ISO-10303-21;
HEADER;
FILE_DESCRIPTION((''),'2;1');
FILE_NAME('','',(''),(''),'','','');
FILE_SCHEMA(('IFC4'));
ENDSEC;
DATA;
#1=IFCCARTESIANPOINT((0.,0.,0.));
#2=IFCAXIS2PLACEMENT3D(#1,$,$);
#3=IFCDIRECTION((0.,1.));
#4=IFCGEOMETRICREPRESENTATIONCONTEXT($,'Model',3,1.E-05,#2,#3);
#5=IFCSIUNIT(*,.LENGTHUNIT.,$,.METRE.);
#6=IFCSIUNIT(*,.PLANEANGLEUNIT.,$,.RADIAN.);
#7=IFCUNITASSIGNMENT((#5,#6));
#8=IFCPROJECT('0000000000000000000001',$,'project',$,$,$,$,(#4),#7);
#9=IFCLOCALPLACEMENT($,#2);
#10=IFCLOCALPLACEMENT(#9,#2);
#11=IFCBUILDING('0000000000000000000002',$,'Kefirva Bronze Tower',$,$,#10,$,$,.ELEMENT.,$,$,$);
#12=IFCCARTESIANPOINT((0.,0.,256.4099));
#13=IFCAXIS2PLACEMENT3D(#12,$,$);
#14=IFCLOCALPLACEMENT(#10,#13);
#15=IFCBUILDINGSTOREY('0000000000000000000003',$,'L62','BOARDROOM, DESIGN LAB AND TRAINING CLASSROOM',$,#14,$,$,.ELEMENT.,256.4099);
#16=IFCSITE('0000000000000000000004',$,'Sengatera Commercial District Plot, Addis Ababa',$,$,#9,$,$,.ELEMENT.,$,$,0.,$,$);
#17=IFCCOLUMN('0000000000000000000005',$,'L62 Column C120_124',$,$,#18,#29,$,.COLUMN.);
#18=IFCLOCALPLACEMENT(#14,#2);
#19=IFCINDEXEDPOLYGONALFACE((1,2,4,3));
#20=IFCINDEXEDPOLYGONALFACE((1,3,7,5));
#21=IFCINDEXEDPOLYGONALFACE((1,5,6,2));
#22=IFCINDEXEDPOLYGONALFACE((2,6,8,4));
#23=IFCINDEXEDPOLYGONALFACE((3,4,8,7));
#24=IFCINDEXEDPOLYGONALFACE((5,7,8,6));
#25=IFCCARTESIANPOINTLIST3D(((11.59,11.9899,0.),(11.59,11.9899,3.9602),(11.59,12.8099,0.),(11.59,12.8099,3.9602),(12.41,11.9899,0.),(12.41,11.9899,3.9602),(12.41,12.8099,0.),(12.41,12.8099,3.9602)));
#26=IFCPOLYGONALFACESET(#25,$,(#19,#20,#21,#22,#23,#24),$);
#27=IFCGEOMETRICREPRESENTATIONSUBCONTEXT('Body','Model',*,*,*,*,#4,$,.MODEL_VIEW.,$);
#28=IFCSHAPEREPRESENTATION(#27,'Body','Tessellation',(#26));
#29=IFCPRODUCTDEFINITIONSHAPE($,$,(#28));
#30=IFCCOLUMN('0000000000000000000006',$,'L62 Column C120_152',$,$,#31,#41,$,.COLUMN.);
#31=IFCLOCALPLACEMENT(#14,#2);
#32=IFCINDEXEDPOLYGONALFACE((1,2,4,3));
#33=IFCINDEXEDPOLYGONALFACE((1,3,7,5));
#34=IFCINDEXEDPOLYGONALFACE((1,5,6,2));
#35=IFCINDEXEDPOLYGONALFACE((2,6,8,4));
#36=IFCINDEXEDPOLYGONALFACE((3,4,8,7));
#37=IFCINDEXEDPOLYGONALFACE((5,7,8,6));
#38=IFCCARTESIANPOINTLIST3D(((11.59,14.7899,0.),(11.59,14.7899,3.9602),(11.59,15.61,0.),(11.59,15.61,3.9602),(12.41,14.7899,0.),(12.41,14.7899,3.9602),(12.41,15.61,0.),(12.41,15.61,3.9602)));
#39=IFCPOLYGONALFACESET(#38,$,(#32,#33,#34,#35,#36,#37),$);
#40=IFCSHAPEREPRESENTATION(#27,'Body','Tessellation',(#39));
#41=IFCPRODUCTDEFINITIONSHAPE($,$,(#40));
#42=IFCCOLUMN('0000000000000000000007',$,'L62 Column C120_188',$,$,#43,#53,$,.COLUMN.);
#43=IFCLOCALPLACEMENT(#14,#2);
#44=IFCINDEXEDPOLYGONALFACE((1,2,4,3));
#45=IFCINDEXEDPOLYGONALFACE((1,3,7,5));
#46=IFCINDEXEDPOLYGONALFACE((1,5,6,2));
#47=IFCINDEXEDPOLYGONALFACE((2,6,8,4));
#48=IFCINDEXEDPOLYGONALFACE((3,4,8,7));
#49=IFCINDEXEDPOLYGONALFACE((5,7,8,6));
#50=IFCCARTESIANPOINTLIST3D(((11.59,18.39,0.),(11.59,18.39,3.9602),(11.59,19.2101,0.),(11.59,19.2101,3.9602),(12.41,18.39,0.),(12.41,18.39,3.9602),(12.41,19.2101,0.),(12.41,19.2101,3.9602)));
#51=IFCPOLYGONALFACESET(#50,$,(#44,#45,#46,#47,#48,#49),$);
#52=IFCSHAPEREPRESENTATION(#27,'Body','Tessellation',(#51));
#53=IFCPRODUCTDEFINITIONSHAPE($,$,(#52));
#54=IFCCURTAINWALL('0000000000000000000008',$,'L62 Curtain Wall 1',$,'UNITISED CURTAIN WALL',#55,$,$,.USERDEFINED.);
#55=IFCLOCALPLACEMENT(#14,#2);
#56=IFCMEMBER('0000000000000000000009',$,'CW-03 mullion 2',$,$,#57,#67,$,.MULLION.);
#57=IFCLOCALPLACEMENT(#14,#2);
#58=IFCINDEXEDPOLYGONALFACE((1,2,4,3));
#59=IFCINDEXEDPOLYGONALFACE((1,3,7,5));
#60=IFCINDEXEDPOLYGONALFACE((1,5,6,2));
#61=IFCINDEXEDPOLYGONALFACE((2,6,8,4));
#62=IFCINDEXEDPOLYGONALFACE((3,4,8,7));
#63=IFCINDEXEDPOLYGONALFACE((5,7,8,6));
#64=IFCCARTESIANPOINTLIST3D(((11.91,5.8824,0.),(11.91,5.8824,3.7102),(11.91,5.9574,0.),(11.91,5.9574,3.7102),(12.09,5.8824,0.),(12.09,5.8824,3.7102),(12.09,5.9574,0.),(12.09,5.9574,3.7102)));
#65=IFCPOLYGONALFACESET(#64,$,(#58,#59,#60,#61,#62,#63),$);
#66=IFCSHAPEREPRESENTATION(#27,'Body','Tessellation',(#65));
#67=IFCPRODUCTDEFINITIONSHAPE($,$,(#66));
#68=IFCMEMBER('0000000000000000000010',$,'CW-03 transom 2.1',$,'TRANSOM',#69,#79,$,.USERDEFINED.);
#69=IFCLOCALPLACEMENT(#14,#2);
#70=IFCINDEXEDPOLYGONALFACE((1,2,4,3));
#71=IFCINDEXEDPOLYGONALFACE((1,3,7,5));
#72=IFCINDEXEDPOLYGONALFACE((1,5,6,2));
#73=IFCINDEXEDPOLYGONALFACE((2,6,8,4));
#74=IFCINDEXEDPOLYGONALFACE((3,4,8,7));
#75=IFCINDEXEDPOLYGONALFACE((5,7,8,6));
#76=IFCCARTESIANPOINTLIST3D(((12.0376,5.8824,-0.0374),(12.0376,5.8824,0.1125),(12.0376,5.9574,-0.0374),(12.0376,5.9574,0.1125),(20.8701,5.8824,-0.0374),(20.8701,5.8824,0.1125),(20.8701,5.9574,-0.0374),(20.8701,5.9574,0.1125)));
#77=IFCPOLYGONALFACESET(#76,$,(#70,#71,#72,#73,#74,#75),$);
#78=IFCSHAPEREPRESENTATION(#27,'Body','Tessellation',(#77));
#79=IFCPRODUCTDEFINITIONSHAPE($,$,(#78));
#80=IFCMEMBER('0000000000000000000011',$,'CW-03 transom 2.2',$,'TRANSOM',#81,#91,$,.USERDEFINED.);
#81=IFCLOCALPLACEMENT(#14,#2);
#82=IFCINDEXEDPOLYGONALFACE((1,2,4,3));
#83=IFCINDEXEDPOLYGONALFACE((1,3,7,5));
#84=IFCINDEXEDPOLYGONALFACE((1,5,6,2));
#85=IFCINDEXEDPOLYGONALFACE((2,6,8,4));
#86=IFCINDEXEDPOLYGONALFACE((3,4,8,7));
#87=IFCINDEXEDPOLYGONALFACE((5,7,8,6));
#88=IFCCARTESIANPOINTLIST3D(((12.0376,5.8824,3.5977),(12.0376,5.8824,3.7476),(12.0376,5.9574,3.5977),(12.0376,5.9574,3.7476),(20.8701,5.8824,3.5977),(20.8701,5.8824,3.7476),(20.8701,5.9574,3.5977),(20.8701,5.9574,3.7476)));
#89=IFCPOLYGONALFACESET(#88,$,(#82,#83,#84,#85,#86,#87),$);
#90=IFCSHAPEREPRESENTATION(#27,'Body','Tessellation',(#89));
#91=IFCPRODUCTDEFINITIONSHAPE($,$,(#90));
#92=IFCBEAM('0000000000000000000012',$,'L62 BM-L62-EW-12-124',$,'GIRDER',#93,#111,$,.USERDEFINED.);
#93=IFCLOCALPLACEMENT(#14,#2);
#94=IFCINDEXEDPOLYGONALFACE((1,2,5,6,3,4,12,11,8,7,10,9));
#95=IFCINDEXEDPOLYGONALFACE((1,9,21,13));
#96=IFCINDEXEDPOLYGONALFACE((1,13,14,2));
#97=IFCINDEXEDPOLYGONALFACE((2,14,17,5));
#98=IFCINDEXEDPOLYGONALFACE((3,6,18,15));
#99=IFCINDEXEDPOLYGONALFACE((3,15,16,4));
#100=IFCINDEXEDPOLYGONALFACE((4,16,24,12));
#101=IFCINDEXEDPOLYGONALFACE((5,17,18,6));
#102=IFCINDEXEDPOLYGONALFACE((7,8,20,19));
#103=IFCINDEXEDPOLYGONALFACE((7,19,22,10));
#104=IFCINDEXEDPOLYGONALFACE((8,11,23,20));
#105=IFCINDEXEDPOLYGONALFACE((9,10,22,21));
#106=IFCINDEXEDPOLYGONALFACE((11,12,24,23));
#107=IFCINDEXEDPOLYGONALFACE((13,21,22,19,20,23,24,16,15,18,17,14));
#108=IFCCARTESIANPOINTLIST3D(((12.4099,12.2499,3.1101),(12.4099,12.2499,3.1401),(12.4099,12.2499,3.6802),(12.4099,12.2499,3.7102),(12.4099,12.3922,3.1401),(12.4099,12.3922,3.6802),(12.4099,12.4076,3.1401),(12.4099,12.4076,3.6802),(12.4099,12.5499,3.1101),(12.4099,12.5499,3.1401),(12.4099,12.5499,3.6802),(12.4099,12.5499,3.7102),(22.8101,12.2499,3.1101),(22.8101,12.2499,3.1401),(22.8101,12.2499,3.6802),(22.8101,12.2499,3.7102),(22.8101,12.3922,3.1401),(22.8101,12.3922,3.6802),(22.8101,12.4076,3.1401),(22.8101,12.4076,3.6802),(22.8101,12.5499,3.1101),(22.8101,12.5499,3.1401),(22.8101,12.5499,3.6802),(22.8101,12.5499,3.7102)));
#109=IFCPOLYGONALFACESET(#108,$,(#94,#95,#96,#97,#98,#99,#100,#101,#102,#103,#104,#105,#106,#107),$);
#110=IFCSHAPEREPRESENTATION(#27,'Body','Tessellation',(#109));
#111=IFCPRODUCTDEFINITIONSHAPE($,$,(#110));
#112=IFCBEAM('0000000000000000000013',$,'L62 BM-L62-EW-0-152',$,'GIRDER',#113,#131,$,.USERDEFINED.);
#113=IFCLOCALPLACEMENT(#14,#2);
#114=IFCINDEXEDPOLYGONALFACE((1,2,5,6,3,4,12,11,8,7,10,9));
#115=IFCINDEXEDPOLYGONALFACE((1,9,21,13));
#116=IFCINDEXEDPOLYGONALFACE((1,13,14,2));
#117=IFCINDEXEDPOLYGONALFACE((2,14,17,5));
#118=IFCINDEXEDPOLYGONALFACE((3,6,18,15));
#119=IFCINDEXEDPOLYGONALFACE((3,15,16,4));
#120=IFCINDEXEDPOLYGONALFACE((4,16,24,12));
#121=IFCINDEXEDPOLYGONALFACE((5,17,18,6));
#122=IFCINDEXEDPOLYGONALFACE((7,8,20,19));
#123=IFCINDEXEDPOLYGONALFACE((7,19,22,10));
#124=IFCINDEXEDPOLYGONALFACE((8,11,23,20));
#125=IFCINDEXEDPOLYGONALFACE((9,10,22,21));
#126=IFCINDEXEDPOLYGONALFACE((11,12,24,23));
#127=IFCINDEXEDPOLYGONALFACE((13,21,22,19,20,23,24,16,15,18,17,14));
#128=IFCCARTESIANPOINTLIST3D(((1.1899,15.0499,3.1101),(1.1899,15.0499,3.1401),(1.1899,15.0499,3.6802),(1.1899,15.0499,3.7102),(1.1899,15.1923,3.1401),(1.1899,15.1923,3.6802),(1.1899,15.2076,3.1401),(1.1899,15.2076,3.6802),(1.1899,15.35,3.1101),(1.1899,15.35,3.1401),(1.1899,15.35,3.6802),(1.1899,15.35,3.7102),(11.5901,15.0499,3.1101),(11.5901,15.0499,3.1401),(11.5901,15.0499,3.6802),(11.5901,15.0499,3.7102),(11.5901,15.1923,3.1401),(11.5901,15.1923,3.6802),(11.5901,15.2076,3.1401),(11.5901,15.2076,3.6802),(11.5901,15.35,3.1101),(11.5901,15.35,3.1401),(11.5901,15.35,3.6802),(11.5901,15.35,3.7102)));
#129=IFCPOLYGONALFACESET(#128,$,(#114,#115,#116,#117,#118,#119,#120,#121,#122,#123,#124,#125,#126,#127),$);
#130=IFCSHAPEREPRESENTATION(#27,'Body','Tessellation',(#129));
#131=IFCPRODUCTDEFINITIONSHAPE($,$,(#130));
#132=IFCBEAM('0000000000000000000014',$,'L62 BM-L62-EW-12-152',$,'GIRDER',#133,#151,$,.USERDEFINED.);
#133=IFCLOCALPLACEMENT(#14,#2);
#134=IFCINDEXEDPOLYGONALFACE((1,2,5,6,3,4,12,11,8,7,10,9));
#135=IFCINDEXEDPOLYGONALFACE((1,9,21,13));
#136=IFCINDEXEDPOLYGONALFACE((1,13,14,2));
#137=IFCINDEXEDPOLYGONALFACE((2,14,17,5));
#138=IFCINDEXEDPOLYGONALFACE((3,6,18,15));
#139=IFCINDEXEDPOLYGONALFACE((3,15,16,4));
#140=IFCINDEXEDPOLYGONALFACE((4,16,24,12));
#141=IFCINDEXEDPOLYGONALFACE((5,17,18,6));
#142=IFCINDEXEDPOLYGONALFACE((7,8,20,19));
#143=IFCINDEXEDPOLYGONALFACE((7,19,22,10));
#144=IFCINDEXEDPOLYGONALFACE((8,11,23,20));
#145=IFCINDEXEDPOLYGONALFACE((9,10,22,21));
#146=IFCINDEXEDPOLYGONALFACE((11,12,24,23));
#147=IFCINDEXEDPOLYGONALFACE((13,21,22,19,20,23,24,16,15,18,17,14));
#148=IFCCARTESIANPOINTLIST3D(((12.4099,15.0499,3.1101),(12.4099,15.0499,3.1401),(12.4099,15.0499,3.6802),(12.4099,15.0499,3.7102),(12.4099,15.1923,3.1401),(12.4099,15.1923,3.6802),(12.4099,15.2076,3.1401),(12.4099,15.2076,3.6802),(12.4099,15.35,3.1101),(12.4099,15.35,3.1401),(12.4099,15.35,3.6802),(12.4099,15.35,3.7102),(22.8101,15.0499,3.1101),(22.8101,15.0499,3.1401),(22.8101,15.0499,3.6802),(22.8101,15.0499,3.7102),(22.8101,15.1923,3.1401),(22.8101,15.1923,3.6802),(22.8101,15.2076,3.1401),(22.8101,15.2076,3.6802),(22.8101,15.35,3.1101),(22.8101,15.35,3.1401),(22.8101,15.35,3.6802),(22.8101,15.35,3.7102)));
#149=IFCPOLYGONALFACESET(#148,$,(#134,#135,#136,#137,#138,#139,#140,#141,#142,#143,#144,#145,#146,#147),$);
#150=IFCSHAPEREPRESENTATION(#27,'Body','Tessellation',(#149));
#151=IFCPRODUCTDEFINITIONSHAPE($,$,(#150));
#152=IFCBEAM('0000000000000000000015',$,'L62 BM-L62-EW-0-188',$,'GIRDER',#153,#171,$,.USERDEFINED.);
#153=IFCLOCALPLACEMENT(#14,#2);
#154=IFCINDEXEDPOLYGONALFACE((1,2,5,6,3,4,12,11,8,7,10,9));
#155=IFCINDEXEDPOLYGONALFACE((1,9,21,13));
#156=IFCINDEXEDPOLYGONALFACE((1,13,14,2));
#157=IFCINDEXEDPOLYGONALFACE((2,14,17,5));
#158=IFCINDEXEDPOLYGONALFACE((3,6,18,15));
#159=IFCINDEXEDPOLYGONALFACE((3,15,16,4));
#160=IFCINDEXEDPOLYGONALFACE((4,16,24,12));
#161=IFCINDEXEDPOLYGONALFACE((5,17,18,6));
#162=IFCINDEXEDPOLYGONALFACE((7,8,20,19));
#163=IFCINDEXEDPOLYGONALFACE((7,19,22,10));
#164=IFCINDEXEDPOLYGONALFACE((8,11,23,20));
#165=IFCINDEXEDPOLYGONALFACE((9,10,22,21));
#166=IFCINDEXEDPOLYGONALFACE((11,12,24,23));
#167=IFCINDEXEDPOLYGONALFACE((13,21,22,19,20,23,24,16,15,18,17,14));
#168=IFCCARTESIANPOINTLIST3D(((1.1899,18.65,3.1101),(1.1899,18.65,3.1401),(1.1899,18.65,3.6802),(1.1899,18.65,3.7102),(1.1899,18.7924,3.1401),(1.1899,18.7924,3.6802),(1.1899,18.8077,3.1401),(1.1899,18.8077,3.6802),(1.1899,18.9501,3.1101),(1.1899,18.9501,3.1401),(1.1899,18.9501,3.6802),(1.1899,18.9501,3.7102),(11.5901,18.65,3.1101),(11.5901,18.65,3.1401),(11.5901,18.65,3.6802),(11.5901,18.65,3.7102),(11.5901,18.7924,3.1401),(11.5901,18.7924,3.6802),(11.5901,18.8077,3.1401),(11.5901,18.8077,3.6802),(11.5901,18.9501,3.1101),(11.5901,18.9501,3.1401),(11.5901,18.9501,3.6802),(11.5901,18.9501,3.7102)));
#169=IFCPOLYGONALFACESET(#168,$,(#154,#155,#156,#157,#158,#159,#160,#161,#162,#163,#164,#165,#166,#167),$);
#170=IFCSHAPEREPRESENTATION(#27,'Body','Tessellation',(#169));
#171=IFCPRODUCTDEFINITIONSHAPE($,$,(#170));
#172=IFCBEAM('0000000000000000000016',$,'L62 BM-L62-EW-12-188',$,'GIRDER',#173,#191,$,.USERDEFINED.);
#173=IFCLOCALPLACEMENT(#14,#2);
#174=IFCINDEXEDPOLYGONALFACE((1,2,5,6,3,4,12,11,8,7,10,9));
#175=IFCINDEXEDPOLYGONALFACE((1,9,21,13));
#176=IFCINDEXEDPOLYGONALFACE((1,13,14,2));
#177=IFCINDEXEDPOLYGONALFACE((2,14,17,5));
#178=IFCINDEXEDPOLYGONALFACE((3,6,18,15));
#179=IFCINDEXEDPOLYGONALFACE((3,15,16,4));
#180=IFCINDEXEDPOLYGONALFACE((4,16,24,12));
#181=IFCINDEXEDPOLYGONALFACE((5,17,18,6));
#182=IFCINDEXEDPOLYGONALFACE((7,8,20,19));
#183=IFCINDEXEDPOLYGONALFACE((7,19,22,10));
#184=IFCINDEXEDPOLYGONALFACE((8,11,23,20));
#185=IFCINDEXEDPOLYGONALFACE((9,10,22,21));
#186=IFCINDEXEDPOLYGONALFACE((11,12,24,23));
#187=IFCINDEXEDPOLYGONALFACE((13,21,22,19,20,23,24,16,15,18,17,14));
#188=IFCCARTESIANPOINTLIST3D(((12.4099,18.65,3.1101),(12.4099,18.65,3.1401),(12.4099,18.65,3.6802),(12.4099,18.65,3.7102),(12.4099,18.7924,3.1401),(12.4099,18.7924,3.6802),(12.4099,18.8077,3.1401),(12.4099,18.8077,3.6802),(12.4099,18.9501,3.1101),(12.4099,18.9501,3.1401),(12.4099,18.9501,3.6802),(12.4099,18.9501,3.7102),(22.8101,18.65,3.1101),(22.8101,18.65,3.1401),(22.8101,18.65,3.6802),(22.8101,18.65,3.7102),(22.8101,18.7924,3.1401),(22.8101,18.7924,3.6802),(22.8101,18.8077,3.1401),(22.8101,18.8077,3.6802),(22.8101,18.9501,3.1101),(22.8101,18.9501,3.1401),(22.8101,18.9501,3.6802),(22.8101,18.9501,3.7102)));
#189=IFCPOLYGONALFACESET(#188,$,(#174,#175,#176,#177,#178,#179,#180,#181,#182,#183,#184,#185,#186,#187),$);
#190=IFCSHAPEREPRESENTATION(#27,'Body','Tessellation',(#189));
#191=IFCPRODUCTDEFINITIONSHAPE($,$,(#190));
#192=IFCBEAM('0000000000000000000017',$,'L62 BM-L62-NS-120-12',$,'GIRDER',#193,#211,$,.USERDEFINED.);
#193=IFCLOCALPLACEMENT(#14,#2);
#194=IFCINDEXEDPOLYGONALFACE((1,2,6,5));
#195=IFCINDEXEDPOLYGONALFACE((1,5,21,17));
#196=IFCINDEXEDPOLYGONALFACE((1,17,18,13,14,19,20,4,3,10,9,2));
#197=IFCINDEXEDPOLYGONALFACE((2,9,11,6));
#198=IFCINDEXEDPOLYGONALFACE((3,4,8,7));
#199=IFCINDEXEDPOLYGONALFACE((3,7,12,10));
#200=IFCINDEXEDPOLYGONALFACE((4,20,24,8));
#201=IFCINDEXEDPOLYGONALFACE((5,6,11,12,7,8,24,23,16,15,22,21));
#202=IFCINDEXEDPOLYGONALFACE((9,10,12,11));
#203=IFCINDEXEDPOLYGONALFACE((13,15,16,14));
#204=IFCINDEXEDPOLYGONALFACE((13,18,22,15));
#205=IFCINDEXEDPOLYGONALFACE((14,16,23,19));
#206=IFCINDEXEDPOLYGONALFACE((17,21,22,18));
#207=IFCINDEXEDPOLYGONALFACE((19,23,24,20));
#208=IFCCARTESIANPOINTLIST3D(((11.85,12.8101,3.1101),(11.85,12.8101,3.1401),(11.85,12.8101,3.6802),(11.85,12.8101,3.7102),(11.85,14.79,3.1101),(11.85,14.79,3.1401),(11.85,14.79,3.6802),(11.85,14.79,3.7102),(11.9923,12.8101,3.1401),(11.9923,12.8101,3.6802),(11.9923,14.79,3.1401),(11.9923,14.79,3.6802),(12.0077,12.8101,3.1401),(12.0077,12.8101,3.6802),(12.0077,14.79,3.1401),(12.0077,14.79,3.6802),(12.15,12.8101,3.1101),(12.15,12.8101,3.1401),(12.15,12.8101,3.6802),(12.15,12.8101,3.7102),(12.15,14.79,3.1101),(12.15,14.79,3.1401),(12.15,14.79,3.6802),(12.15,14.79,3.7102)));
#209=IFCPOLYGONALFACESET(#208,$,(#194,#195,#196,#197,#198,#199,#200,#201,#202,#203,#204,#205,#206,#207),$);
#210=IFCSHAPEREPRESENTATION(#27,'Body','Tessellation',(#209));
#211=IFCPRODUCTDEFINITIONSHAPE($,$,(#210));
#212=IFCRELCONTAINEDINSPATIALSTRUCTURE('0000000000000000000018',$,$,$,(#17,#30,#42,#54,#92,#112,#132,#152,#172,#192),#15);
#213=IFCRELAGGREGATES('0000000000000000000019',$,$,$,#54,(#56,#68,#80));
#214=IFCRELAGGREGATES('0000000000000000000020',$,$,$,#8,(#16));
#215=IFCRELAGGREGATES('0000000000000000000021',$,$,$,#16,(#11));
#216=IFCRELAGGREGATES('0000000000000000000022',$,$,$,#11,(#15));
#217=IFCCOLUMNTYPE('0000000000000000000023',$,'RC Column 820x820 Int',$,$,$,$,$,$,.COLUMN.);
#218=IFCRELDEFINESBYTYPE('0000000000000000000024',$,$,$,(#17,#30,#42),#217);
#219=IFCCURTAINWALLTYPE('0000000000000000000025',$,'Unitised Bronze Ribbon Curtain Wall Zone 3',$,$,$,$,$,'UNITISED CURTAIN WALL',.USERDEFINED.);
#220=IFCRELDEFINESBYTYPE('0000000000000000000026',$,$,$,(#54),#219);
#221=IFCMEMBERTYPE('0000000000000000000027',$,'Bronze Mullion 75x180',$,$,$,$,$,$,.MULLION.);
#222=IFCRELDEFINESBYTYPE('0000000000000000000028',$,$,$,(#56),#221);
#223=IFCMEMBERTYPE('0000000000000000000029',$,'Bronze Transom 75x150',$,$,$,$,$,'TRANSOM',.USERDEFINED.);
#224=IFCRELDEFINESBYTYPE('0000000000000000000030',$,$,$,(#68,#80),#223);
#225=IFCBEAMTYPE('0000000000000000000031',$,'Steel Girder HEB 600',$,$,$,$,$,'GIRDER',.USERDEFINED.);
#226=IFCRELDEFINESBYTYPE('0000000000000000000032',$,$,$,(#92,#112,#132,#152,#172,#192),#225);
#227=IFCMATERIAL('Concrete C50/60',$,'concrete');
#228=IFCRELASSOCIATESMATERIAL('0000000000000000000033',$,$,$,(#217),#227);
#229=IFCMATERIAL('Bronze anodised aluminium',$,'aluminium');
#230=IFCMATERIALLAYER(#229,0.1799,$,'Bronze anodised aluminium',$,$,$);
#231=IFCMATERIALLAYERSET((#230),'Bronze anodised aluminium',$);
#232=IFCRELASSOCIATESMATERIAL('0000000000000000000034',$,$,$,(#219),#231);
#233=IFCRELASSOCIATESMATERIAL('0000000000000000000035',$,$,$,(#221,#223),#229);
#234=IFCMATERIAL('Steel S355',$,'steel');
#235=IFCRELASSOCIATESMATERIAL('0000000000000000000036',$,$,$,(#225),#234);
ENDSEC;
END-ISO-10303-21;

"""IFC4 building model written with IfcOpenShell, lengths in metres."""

from ifc_helpers import new_model, si_unit, direction, frame, origin, origin_2d, place, context, subcontext, project, spatial, rectangle, i_section, extrude, material, layer, layer_set, material_profile, profile_set, type_object, element, aggregate, save


model = new_model("IFC4")

# Units and contexts
model_context = context("Model", 3, precision=1e-05, world=origin(), true_north=direction((0.0, 1.0)))
body_context = subcontext(model_context, "Body", "Model", "MODEL_VIEW")
ifc_project = project(units=[si_unit("LENGTHUNIT", "METRE"), si_unit("PLANEANGLEUNIT", "RADIAN")], contexts=[model_context])

# Site, building, storey
site_placement = place(None, origin())
site = spatial("IfcSite", under=ifc_project, at=site_placement, Name="Sengatera Commercial District Plot, Addis Ababa", CompositionType="ELEMENT", RefElevation=0.0)
building_placement = place(site_placement, origin())
building = spatial("IfcBuilding", under=site, at=building_placement, Name="Kefirva Bronze Tower", CompositionType="ELEMENT")
storey_placement = place(building_placement, frame((0.0, 0.0, 256.4099)))
storey = spatial("IfcBuildingStorey", under=building, at=storey_placement, Name="L62", Description="BOARDROOM, DESIGN LAB AND TRAINING CLASSROOM", CompositionType="ELEMENT", Elevation=256.4099)

# Columns
ifc_material_1 = material(Name="Concrete C50/60", Category="concrete")
ifc_material_profile_1 = material_profile(ifc_material_1, rectangle(XDim=0.8201, YDim=0.8201, at=origin_2d()), Name="RC 820x820")
ifc_profile_set_1 = profile_set([ifc_material_profile_1], Name="Concrete C50/60")
column_type = type_object("IfcColumnType", Name="RC Column 820x820 Int", PredefinedType="COLUMN", material=ifc_profile_set_1)
for number, where, z_axis, x_axis, name in (
    (1, (12.0, 12.3999, 0.0), (0.0, 0.0, 1.0), (1.0, 0.0, 0.0), "L62 Column C120_124"),
    (2, (12.0, 15.2, 0.0), (0.0, 0.0, 1.0), (1.0, 0.0, 0.0), "L62 Column C120_152"),
    (3, (12.0, 18.8, 0.0), (0.0, 0.0, 1.0), (1.0, 0.0, 0.0), "L62 Column C120_188"),
):
    element("IfcColumn", number, at=place(storey_placement, frame(where, z_axis=z_axis, x_axis=x_axis)), inside=storey, type_object=column_type, Name=name, PredefinedType="COLUMN", context=body_context, shape_type="SweptSolid", body=[
        extrude(rectangle(XDim=0.8201, YDim=0.8201, at=origin_2d()), origin(), (0.0, 0.0, 1.0), 3.9602),
    ])

# Curtain wall, members
ifc_material_2 = material(Name="Bronze anodised aluminium", Category="aluminium")
ifc_layer_1 = layer(ifc_material_2, 0.1799, Name="Bronze anodised aluminium")
ifc_layer_set_1 = layer_set([ifc_layer_1], Name="Bronze anodised aluminium")
curtain_wall_type = type_object("IfcCurtainWallType", Name="Unitised Bronze Ribbon Curtain Wall Zone 3", ElementType="UNITISED CURTAIN WALL", PredefinedType="USERDEFINED", material=ifc_layer_set_1)
curtain_wall_placement = place(storey_placement, origin())
curtain_wall = element("IfcCurtainWall", 4, at=curtain_wall_placement, inside=storey, type_object=curtain_wall_type, Name="L62 Curtain Wall 1", ObjectType="UNITISED CURTAIN WALL", PredefinedType="USERDEFINED")
ifc_material_profile_2 = material_profile(ifc_material_2, rectangle(XDim=0.075, YDim=0.1799, at=origin_2d()), Name="ALU 75x180")
ifc_profile_set_2 = profile_set([ifc_material_profile_2], Name="Bronze anodised aluminium")
member_type_1 = type_object("IfcMemberType", Name="Bronze Mullion 75x180", PredefinedType="MULLION", material=ifc_profile_set_2)
member_1_placement = place(storey_placement, frame((12.0, 5.9199, 0.0), z_axis=(0.0, 0.0, 1.0), x_axis=(0.0, 1.0, 0.0)))
member_1 = element("IfcMember", 5, at=member_1_placement, type_object=member_type_1, Name="CW-03 mullion 2", PredefinedType="MULLION", context=body_context, shape_type="SweptSolid", body=[
    extrude(rectangle(XDim=0.075, YDim=0.1799, at=origin_2d()), origin(), (0.0, 0.0, 1.0), 3.7102),
])
ifc_material_profile_3 = material_profile(ifc_material_2, rectangle(XDim=0.075, YDim=0.1499, at=origin_2d()), Name="ALU 75x150")
ifc_profile_set_3 = profile_set([ifc_material_profile_3], Name="Bronze anodised aluminium")
member_type_2 = type_object("IfcMemberType", Name="Bronze Transom 75x150", ElementType="TRANSOM", PredefinedType="USERDEFINED", material=ifc_profile_set_3)
member_2_placement = place(storey_placement, frame((12.0376, 5.9199, 0.0376), z_axis=(1.0, 0.0, 0.0), x_axis=(0.0, 1.0, 0.0)))
member_2 = element("IfcMember", 6, at=member_2_placement, type_object=member_type_2, Name="CW-03 transom 2.1", ObjectType="TRANSOM", PredefinedType="USERDEFINED", context=body_context, shape_type="SweptSolid", body=[
    extrude(rectangle(XDim=0.075, YDim=0.1499, at=origin_2d()), origin(), (0.0, 0.0, 1.0), 8.8325),
])
member_3_placement = place(storey_placement, frame((12.0376, 5.9199, 3.6726), z_axis=(1.0, 0.0, 0.0), x_axis=(0.0, 1.0, 0.0)))
member_3 = element("IfcMember", 7, at=member_3_placement, type_object=member_type_2, Name="CW-03 transom 2.2", ObjectType="TRANSOM", PredefinedType="USERDEFINED", context=body_context, shape_type="SweptSolid", body=[
    extrude(rectangle(XDim=0.075, YDim=0.1499, at=origin_2d()), origin(), (0.0, 0.0, 1.0), 8.8325),
])

# Beams
ifc_material_3 = material(Name="Steel S355", Category="steel")
ifc_material_profile_4 = material_profile(ifc_material_3, i_section(OverallWidth=0.3, OverallDepth=0.6001, WebThickness=0.0154, FlangeThickness=0.03, at=origin_2d()), Name="HEB 600")
ifc_profile_set_4 = profile_set([ifc_material_profile_4], Name="Steel S355")
beam_type = type_object("IfcBeamType", Name="Steel Girder HEB 600", ElementType="GIRDER", PredefinedType="USERDEFINED", material=ifc_profile_set_4)
for number, where, z_axis, x_axis, name in (
    (8, (12.4099, 12.3999, 3.4102), (1.0, 0.0, 0.0), (0.0, 1.0, 0.0), "L62 BM-L62-EW-12-124"),
    (9, (1.1899, 15.2, 3.4102), (1.0, 0.0, 0.0), (0.0, 1.0, 0.0), "L62 BM-L62-EW-0-152"),
    (10, (12.4099, 15.2, 3.4102), (1.0, 0.0, 0.0), (0.0, 1.0, 0.0), "L62 BM-L62-EW-12-152"),
    (11, (1.1899, 18.8, 3.4102), (1.0, 0.0, 0.0), (0.0, 1.0, 0.0), "L62 BM-L62-EW-0-188"),
    (12, (12.4099, 18.8, 3.4102), (1.0, 0.0, 0.0), (0.0, 1.0, 0.0), "L62 BM-L62-EW-12-188"),
):
    element("IfcBeam", number, at=place(storey_placement, frame(where, z_axis=z_axis, x_axis=x_axis)), inside=storey, type_object=beam_type, Name=name, ObjectType="GIRDER", PredefinedType="USERDEFINED", context=body_context, shape_type="SweptSolid", body=[
        extrude(i_section(OverallWidth=0.3, OverallDepth=0.6001, WebThickness=0.0154, FlangeThickness=0.03, at=origin_2d()), origin(), (0.0, 0.0, 1.0), 10.4001),
    ])
beam_1_placement = place(storey_placement, frame((12.0, 12.8101, 3.4102), z_axis=(0.0, 1.0, 0.0), x_axis=(-1.0, 0.0, 0.0)))
element("IfcBeam", 13, at=beam_1_placement, inside=storey, type_object=beam_type, Name="L62 BM-L62-NS-120-12", ObjectType="GIRDER", PredefinedType="USERDEFINED", context=body_context, shape_type="SweptSolid", body=[
    extrude(i_section(OverallWidth=0.3, OverallDepth=0.6001, WebThickness=0.0154, FlangeThickness=0.03, at=origin_2d()), origin(), (0.0, 0.0, 1.0), 1.98),
])

aggregate(curtain_wall, [member_1, member_2, member_3])

save(model, "model.ifc")
